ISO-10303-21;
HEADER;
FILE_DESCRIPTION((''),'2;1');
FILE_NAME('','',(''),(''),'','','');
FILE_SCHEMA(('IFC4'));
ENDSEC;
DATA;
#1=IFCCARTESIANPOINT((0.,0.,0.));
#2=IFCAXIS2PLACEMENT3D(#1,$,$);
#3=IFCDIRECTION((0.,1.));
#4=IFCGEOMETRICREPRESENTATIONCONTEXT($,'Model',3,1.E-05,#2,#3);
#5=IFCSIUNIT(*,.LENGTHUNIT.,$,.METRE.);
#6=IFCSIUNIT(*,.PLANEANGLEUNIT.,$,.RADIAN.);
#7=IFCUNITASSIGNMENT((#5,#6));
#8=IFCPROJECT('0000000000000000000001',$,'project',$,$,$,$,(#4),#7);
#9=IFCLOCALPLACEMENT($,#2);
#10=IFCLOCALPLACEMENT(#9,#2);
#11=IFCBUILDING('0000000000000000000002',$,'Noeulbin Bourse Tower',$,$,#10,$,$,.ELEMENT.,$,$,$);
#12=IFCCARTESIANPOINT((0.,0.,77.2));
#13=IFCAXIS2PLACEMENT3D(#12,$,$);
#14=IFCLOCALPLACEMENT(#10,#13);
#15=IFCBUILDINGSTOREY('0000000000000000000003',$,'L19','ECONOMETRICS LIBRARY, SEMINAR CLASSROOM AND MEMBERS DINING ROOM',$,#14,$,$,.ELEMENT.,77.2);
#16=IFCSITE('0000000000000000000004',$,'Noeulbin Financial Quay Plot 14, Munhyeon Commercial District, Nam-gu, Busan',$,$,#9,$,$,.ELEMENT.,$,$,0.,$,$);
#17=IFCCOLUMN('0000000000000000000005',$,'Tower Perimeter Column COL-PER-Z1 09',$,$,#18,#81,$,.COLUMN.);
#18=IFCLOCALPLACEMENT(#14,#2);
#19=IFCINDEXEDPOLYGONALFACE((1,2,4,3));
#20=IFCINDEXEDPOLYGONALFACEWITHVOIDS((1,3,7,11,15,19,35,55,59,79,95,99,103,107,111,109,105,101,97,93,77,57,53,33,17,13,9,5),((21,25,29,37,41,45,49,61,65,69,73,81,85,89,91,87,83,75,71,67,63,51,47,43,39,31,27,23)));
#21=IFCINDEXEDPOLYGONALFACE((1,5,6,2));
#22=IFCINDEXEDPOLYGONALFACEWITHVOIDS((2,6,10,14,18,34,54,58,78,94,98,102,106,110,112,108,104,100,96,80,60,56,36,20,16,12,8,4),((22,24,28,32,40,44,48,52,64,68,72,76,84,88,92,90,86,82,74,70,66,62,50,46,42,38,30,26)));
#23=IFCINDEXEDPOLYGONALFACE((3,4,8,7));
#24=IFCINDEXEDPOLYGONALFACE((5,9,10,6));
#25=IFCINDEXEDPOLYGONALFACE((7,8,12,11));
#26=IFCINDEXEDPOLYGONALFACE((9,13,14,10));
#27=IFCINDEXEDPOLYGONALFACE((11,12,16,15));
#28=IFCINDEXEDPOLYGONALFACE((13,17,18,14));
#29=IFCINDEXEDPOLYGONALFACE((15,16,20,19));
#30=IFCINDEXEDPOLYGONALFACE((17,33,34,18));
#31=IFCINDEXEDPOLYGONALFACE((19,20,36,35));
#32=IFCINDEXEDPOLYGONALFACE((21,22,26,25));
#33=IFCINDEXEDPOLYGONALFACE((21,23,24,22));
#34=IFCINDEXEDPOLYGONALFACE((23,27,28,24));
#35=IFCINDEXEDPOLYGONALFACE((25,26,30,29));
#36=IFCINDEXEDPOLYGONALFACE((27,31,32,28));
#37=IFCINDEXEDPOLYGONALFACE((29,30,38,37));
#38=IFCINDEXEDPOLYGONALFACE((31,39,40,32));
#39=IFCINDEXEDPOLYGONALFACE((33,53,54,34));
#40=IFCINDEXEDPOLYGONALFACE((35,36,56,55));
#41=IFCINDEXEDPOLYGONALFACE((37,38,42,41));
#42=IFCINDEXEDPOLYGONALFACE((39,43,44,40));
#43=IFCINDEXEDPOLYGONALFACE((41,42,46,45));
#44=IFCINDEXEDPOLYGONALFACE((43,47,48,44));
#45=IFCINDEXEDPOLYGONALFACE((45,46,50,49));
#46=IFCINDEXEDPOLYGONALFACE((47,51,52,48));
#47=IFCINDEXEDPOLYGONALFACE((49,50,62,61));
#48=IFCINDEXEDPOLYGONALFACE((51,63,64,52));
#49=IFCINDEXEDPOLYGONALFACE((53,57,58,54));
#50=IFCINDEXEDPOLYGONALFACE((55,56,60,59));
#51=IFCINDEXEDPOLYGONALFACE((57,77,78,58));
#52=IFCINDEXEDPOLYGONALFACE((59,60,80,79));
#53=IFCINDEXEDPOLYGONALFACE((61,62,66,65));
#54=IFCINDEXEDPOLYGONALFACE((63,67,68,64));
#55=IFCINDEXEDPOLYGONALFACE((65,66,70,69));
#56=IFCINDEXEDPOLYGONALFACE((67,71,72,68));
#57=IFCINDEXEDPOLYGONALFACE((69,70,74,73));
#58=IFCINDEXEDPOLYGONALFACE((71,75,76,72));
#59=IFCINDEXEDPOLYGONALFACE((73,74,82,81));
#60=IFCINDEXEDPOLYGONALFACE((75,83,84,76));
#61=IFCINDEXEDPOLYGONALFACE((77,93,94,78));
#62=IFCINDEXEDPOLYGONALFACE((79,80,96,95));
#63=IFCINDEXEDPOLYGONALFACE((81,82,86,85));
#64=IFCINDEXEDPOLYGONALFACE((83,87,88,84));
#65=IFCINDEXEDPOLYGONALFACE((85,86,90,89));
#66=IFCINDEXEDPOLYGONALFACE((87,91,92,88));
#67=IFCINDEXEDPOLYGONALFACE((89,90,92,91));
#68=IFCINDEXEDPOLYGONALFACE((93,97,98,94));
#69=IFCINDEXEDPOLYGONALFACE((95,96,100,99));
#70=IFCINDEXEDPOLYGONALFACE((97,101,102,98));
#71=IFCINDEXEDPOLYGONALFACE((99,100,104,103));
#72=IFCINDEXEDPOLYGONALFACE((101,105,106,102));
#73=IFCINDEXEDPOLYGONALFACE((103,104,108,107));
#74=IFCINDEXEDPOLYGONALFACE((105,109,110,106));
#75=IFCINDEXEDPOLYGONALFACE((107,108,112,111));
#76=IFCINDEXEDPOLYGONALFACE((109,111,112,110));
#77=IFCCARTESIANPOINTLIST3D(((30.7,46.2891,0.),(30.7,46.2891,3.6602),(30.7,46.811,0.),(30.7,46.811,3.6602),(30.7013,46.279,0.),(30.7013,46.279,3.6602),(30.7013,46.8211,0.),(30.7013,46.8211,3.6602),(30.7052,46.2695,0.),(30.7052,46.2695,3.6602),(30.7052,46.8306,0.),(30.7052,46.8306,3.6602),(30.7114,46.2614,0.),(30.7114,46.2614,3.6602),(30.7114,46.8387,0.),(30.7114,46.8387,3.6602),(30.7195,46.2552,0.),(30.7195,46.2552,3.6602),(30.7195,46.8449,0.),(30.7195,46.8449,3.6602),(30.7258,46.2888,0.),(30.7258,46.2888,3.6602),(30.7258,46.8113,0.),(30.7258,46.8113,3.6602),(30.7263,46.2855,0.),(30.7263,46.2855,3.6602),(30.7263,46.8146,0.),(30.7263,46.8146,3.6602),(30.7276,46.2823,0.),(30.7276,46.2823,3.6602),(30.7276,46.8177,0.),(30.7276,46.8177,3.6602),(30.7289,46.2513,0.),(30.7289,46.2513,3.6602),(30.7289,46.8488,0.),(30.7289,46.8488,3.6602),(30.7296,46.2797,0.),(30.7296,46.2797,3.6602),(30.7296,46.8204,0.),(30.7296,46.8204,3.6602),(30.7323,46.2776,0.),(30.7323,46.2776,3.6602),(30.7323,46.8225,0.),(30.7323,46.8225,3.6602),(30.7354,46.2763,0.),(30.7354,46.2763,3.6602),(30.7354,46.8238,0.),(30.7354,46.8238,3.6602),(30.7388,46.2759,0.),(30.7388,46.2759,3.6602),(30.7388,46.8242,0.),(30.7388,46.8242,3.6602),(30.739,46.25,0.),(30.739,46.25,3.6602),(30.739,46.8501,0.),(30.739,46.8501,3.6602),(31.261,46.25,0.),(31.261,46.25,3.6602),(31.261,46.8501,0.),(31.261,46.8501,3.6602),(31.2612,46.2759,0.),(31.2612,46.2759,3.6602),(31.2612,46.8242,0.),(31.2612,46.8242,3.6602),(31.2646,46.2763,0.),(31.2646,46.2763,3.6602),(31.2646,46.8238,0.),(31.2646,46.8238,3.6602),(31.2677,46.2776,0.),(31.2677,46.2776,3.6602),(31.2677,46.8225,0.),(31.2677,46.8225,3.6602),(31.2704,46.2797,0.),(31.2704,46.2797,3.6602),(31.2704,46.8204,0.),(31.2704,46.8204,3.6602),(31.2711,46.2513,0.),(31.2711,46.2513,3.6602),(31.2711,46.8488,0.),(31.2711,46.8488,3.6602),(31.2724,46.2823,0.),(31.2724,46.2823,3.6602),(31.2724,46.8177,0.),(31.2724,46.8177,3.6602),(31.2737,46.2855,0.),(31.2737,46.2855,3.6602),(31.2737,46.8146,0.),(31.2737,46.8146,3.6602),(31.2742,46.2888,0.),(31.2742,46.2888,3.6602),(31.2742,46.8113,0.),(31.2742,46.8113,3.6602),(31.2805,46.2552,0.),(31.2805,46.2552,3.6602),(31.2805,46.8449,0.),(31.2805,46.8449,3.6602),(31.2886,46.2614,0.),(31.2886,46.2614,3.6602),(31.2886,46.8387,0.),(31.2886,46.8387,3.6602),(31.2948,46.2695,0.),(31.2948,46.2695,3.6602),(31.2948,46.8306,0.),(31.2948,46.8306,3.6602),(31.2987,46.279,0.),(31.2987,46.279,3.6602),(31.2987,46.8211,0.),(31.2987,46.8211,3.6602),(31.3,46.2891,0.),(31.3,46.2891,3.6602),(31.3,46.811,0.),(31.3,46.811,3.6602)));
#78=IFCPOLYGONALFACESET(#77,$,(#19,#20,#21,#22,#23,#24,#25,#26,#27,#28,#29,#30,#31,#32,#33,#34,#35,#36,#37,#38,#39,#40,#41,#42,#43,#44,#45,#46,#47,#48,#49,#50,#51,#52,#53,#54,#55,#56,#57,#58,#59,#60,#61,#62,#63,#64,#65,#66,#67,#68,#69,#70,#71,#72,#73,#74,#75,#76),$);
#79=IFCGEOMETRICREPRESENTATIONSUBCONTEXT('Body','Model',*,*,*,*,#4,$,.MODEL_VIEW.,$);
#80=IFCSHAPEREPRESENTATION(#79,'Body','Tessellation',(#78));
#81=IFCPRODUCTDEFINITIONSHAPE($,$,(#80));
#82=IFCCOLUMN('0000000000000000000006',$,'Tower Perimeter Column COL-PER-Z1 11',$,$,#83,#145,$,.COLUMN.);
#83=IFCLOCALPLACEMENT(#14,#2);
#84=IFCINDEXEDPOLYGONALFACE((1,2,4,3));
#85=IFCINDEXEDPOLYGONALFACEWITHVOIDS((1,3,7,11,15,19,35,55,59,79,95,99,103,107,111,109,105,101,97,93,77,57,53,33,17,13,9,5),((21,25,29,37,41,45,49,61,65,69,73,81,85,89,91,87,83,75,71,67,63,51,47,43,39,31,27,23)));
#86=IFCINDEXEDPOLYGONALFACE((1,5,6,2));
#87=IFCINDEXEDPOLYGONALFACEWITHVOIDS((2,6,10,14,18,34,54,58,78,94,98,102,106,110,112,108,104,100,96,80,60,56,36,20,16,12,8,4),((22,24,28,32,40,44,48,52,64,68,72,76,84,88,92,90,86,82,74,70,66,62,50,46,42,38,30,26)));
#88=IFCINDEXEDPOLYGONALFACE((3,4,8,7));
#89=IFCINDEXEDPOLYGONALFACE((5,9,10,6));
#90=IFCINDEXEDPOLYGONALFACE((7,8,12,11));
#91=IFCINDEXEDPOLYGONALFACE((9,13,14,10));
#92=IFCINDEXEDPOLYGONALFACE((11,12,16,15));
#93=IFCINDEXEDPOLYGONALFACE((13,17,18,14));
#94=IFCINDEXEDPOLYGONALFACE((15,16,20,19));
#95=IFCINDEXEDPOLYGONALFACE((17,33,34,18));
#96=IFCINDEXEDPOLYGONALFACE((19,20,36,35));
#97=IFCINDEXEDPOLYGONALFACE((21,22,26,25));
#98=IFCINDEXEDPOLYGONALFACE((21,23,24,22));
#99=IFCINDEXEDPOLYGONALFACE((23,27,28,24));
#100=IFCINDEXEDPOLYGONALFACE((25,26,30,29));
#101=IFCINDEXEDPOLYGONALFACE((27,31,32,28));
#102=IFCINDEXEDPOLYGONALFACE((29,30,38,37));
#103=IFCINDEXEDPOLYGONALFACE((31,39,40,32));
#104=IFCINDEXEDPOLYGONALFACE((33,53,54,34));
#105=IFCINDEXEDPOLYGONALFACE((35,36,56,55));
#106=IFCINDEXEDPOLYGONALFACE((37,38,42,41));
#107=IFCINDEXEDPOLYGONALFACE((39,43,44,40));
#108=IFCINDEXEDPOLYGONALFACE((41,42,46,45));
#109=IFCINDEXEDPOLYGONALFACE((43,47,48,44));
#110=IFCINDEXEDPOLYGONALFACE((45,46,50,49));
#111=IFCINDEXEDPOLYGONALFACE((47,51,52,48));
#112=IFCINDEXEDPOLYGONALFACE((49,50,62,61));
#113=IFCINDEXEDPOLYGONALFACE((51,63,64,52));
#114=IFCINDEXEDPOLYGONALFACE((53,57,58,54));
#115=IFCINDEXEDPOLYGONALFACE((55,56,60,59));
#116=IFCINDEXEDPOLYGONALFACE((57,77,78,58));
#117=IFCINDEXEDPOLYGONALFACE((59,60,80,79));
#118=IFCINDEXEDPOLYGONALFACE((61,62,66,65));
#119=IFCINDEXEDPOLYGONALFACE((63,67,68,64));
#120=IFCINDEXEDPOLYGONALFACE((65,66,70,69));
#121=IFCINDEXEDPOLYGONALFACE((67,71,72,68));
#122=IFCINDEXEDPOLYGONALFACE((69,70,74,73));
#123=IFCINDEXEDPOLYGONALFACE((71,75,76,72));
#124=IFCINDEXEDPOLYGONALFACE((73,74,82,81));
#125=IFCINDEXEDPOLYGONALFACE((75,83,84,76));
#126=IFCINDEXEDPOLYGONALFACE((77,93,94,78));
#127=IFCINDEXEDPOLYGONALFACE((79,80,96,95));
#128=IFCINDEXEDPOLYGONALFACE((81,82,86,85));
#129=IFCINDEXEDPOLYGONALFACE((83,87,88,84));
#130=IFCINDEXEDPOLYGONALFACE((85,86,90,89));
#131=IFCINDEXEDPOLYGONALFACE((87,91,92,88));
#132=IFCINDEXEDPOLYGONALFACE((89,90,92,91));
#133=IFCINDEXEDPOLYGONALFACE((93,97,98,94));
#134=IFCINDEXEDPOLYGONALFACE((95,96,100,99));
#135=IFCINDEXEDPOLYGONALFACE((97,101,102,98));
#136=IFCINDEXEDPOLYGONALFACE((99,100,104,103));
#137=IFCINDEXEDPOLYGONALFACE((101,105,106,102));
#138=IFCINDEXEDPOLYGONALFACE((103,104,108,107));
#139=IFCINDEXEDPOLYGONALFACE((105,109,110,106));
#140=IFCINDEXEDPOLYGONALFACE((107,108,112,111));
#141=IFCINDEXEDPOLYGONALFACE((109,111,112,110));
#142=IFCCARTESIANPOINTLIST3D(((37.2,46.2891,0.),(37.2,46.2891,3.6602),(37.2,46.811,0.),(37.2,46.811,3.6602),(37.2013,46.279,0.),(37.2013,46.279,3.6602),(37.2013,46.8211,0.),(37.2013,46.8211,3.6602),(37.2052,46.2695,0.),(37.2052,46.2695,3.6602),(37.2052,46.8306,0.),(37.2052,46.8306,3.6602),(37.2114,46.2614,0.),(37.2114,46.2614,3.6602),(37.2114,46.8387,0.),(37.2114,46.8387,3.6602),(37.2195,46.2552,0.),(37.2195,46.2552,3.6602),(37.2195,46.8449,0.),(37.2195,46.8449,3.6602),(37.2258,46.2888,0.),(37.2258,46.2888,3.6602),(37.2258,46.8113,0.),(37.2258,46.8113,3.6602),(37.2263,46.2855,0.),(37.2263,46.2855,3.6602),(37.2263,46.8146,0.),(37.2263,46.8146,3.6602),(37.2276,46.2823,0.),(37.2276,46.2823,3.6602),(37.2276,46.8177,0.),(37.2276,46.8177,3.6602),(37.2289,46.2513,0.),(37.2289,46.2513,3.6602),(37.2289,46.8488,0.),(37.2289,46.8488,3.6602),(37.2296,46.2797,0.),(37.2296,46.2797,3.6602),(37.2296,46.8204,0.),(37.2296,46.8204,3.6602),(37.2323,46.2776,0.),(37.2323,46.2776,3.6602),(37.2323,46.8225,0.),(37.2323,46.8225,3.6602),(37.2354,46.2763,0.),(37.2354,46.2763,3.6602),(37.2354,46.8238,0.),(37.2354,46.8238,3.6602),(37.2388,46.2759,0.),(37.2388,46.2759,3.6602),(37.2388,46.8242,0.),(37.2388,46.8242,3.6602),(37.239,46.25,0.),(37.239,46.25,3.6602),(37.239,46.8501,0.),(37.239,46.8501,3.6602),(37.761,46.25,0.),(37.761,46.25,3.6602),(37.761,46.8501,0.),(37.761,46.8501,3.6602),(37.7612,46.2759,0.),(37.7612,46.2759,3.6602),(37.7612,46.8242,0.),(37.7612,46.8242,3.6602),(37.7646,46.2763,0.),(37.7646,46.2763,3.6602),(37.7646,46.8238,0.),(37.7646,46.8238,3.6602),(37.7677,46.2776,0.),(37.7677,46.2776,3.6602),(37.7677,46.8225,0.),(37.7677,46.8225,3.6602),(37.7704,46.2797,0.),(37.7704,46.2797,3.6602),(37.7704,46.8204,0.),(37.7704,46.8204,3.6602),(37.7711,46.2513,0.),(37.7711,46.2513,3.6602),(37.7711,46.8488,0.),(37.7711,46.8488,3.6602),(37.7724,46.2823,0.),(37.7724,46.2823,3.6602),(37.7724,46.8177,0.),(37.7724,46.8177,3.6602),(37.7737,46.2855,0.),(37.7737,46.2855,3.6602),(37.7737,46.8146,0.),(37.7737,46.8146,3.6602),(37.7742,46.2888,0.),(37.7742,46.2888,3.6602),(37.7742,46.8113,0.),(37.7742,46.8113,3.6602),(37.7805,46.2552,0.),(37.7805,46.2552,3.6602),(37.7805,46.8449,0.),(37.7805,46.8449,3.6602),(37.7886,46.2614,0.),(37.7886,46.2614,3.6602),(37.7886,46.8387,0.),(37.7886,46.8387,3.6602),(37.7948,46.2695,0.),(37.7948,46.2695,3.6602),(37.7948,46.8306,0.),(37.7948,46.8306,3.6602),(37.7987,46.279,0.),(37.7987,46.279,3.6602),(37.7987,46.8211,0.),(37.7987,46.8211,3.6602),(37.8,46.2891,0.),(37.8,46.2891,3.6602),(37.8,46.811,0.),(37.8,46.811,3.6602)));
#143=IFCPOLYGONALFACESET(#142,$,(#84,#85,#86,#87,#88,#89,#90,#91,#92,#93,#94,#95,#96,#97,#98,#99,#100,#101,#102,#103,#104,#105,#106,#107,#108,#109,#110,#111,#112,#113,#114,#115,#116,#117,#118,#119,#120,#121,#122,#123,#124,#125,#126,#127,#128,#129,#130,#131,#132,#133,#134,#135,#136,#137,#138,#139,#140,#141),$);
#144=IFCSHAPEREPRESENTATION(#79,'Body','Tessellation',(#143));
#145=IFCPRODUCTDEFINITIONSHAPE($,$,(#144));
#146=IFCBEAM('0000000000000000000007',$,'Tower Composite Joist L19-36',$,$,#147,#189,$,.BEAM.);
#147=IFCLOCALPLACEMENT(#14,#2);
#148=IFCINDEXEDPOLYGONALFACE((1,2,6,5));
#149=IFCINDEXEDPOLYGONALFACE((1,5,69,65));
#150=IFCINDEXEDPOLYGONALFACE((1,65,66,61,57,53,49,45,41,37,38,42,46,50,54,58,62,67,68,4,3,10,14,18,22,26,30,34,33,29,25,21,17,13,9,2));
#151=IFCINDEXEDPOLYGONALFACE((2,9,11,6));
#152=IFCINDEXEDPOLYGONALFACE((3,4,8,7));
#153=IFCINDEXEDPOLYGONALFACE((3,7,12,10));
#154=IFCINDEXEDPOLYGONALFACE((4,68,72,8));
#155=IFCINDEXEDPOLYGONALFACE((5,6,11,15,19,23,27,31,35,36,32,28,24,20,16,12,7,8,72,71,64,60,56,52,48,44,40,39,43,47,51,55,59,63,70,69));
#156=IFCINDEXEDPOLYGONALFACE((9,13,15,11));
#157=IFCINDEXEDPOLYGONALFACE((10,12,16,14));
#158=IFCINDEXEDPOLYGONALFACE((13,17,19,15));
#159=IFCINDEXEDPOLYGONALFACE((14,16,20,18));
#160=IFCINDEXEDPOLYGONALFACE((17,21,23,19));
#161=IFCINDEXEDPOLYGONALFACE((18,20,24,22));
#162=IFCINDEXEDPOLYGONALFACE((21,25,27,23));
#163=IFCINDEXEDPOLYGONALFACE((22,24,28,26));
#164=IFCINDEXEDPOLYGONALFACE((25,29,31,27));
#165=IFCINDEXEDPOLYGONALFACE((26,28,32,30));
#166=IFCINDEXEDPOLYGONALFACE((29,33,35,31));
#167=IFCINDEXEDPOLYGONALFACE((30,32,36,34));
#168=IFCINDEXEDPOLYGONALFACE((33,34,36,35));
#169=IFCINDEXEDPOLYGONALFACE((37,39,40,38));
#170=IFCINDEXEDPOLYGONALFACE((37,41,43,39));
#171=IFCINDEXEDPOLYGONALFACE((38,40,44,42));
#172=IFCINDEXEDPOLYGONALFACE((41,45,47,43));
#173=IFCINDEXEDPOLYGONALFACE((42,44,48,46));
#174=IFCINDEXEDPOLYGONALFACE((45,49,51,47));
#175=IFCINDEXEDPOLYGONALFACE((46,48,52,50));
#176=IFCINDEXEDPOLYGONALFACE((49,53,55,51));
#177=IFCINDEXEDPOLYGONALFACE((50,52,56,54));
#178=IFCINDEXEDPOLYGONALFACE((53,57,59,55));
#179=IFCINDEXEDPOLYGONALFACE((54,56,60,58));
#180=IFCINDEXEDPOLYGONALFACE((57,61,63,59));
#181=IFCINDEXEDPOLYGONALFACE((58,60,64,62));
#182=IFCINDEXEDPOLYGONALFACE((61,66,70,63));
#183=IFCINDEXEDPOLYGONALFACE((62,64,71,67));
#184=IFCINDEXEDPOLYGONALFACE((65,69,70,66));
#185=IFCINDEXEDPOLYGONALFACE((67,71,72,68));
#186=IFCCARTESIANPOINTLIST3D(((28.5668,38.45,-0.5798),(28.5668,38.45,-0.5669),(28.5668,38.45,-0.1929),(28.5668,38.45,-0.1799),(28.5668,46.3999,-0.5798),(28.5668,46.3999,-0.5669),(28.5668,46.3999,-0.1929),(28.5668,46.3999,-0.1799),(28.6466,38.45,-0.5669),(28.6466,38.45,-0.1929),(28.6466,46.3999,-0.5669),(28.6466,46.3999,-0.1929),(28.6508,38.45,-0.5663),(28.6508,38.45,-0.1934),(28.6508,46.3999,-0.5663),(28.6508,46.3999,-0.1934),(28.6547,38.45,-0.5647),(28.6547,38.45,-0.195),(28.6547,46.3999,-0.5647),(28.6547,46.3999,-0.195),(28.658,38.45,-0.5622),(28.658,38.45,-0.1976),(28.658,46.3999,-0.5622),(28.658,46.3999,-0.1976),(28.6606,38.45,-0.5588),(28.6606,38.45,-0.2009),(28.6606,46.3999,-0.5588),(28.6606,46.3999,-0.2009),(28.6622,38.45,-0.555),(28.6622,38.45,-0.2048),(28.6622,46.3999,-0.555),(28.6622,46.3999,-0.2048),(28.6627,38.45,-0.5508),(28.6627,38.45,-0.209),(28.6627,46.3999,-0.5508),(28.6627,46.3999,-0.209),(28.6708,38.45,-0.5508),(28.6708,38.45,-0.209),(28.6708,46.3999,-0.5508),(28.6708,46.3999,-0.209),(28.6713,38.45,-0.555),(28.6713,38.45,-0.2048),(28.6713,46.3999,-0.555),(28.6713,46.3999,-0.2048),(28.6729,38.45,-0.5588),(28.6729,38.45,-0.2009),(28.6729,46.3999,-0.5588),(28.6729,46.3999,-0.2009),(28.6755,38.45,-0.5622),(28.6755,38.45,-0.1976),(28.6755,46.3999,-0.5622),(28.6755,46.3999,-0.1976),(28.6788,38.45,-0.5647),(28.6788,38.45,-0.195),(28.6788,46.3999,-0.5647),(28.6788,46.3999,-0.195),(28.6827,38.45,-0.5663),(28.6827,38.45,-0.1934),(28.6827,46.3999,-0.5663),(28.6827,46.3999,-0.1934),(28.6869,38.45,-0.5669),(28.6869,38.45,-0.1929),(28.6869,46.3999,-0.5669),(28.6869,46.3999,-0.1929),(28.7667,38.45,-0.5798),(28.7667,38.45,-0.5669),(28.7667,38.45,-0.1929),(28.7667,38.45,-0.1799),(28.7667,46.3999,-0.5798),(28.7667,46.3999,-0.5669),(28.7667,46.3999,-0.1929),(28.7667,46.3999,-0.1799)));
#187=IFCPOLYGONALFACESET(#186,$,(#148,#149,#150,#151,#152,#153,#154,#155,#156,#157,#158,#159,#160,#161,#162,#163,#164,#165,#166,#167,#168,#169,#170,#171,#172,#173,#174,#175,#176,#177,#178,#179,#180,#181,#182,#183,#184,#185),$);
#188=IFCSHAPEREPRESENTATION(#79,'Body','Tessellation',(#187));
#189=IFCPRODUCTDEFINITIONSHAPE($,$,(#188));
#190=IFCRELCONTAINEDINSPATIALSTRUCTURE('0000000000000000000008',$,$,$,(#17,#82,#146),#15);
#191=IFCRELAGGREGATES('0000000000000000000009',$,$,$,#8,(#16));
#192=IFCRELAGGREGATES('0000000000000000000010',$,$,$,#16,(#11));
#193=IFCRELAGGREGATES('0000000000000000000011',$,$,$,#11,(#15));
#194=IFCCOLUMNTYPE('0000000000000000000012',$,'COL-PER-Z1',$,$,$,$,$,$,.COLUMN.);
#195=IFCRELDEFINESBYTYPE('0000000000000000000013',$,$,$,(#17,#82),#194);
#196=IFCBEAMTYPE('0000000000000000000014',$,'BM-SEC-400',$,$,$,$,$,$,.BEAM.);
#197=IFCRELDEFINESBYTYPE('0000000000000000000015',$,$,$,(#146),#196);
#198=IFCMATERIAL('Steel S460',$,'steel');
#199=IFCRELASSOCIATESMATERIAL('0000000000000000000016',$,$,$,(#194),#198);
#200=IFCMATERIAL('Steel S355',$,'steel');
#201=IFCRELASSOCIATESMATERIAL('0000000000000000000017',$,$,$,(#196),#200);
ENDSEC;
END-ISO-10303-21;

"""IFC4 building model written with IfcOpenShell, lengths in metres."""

from ifc_helpers import new_model, si_unit, direction, frame, origin, origin_2d, place, context, subcontext, project, spatial, hollow_rectangle, i_section, extrude, material, material_profile, profile_set, type_object, element, save


model = new_model("IFC4")

# Units and contexts
model_context = context("Model", 3, precision=1e-05, world=origin(), true_north=direction((0.0, 1.0)))
body_context = subcontext(model_context, "Body", "Model", "MODEL_VIEW")
ifc_project = project(units=[si_unit("LENGTHUNIT", "METRE"), si_unit("PLANEANGLEUNIT", "RADIAN")], contexts=[model_context])

# Site, building, storey
site_placement = place(None, origin())
site = spatial("IfcSite", under=ifc_project, at=site_placement, Name="Noeulbin Financial Quay Plot 14, Munhyeon Commercial District, Nam-gu, Busan", CompositionType="ELEMENT", RefElevation=0.0)
building_placement = place(site_placement, origin())
building = spatial("IfcBuilding", under=site, at=building_placement, Name="Noeulbin Bourse Tower", CompositionType="ELEMENT")
storey_placement = place(building_placement, frame((0.0, 0.0, 77.2)))
storey = spatial("IfcBuildingStorey", under=building, at=storey_placement, Name="L19", Description="ECONOMETRICS LIBRARY, SEMINAR CLASSROOM AND MEMBERS DINING ROOM", CompositionType="ELEMENT", Elevation=77.2)

# Columns
ifc_material_1 = material(Name="Steel S460", Category="steel")
ifc_material_profile_1 = material_profile(ifc_material_1, hollow_rectangle(XDim=0.6001, YDim=0.6001, WallThickness=0.0259, InnerFilletRadius=0.0129, OuterFilletRadius=0.0391, at=origin_2d()), Name="BOX-600x600x26", Category="LoadBearing")
ifc_profile_set_1 = profile_set([ifc_material_profile_1], Name="Steel S460")
column_type = type_object("IfcColumnType", Name="COL-PER-Z1", PredefinedType="COLUMN", material=ifc_profile_set_1)
for number, where, z_axis, x_axis, name in (
    (1, (31.0, 46.55, 0.0), (0.0, 0.0, 1.0), (1.0, 0.0, 0.0), "Tower Perimeter Column COL-PER-Z1 09"),
    (2, (37.5, 46.55, 0.0), (0.0, 0.0, 1.0), (1.0, 0.0, 0.0), "Tower Perimeter Column COL-PER-Z1 11"),
):
    element("IfcColumn", number, at=place(storey_placement, frame(where, z_axis=z_axis, x_axis=x_axis)), inside=storey, type_object=column_type, Name=name, PredefinedType="COLUMN", context=body_context, shape_type="SweptSolid", body=[
        extrude(hollow_rectangle(XDim=0.6001, YDim=0.6001, WallThickness=0.0259, InnerFilletRadius=0.0129, OuterFilletRadius=0.0391, at=origin_2d()), origin(), (0.0, 0.0, 1.0), 3.6602),
    ])

# Beam
ifc_material_2 = material(Name="Steel S355", Category="steel")
ifc_material_profile_2 = material_profile(ifc_material_2, i_section(OverallWidth=0.2, OverallDepth=0.3999, WebThickness=0.0081, FlangeThickness=0.0129, FilletRadius=0.0161, at=origin_2d()), Name="H-400x200x8x13", Category="LoadBearing")
ifc_profile_set_2 = profile_set([ifc_material_profile_2], Name="Steel S355")
beam_type_1 = type_object("IfcBeamType", Name="BM-SEC-400", PredefinedType="BEAM", material=ifc_profile_set_2)
for number, where, z_axis, x_axis, name in (
    (3, (28.6667, 38.45, -0.3799), (0.0, 1.0, 0.0), (-1.0, 0.0, 0.0), "Tower Composite Joist L19-36"),
):
    element("IfcBeam", number, at=place(storey_placement, frame(where, z_axis=z_axis, x_axis=x_axis)), inside=storey, type_object=beam_type_1, Name=name, PredefinedType="BEAM", context=body_context, shape_type="SweptSolid", body=[
        extrude(i_section(OverallWidth=0.2, OverallDepth=0.3999, WebThickness=0.0081, FlangeThickness=0.0129, FilletRadius=0.0161, at=origin_2d()), origin(), (0.0, 0.0, 1.0), 7.95),
    ])

save(model, "model.ifc")
